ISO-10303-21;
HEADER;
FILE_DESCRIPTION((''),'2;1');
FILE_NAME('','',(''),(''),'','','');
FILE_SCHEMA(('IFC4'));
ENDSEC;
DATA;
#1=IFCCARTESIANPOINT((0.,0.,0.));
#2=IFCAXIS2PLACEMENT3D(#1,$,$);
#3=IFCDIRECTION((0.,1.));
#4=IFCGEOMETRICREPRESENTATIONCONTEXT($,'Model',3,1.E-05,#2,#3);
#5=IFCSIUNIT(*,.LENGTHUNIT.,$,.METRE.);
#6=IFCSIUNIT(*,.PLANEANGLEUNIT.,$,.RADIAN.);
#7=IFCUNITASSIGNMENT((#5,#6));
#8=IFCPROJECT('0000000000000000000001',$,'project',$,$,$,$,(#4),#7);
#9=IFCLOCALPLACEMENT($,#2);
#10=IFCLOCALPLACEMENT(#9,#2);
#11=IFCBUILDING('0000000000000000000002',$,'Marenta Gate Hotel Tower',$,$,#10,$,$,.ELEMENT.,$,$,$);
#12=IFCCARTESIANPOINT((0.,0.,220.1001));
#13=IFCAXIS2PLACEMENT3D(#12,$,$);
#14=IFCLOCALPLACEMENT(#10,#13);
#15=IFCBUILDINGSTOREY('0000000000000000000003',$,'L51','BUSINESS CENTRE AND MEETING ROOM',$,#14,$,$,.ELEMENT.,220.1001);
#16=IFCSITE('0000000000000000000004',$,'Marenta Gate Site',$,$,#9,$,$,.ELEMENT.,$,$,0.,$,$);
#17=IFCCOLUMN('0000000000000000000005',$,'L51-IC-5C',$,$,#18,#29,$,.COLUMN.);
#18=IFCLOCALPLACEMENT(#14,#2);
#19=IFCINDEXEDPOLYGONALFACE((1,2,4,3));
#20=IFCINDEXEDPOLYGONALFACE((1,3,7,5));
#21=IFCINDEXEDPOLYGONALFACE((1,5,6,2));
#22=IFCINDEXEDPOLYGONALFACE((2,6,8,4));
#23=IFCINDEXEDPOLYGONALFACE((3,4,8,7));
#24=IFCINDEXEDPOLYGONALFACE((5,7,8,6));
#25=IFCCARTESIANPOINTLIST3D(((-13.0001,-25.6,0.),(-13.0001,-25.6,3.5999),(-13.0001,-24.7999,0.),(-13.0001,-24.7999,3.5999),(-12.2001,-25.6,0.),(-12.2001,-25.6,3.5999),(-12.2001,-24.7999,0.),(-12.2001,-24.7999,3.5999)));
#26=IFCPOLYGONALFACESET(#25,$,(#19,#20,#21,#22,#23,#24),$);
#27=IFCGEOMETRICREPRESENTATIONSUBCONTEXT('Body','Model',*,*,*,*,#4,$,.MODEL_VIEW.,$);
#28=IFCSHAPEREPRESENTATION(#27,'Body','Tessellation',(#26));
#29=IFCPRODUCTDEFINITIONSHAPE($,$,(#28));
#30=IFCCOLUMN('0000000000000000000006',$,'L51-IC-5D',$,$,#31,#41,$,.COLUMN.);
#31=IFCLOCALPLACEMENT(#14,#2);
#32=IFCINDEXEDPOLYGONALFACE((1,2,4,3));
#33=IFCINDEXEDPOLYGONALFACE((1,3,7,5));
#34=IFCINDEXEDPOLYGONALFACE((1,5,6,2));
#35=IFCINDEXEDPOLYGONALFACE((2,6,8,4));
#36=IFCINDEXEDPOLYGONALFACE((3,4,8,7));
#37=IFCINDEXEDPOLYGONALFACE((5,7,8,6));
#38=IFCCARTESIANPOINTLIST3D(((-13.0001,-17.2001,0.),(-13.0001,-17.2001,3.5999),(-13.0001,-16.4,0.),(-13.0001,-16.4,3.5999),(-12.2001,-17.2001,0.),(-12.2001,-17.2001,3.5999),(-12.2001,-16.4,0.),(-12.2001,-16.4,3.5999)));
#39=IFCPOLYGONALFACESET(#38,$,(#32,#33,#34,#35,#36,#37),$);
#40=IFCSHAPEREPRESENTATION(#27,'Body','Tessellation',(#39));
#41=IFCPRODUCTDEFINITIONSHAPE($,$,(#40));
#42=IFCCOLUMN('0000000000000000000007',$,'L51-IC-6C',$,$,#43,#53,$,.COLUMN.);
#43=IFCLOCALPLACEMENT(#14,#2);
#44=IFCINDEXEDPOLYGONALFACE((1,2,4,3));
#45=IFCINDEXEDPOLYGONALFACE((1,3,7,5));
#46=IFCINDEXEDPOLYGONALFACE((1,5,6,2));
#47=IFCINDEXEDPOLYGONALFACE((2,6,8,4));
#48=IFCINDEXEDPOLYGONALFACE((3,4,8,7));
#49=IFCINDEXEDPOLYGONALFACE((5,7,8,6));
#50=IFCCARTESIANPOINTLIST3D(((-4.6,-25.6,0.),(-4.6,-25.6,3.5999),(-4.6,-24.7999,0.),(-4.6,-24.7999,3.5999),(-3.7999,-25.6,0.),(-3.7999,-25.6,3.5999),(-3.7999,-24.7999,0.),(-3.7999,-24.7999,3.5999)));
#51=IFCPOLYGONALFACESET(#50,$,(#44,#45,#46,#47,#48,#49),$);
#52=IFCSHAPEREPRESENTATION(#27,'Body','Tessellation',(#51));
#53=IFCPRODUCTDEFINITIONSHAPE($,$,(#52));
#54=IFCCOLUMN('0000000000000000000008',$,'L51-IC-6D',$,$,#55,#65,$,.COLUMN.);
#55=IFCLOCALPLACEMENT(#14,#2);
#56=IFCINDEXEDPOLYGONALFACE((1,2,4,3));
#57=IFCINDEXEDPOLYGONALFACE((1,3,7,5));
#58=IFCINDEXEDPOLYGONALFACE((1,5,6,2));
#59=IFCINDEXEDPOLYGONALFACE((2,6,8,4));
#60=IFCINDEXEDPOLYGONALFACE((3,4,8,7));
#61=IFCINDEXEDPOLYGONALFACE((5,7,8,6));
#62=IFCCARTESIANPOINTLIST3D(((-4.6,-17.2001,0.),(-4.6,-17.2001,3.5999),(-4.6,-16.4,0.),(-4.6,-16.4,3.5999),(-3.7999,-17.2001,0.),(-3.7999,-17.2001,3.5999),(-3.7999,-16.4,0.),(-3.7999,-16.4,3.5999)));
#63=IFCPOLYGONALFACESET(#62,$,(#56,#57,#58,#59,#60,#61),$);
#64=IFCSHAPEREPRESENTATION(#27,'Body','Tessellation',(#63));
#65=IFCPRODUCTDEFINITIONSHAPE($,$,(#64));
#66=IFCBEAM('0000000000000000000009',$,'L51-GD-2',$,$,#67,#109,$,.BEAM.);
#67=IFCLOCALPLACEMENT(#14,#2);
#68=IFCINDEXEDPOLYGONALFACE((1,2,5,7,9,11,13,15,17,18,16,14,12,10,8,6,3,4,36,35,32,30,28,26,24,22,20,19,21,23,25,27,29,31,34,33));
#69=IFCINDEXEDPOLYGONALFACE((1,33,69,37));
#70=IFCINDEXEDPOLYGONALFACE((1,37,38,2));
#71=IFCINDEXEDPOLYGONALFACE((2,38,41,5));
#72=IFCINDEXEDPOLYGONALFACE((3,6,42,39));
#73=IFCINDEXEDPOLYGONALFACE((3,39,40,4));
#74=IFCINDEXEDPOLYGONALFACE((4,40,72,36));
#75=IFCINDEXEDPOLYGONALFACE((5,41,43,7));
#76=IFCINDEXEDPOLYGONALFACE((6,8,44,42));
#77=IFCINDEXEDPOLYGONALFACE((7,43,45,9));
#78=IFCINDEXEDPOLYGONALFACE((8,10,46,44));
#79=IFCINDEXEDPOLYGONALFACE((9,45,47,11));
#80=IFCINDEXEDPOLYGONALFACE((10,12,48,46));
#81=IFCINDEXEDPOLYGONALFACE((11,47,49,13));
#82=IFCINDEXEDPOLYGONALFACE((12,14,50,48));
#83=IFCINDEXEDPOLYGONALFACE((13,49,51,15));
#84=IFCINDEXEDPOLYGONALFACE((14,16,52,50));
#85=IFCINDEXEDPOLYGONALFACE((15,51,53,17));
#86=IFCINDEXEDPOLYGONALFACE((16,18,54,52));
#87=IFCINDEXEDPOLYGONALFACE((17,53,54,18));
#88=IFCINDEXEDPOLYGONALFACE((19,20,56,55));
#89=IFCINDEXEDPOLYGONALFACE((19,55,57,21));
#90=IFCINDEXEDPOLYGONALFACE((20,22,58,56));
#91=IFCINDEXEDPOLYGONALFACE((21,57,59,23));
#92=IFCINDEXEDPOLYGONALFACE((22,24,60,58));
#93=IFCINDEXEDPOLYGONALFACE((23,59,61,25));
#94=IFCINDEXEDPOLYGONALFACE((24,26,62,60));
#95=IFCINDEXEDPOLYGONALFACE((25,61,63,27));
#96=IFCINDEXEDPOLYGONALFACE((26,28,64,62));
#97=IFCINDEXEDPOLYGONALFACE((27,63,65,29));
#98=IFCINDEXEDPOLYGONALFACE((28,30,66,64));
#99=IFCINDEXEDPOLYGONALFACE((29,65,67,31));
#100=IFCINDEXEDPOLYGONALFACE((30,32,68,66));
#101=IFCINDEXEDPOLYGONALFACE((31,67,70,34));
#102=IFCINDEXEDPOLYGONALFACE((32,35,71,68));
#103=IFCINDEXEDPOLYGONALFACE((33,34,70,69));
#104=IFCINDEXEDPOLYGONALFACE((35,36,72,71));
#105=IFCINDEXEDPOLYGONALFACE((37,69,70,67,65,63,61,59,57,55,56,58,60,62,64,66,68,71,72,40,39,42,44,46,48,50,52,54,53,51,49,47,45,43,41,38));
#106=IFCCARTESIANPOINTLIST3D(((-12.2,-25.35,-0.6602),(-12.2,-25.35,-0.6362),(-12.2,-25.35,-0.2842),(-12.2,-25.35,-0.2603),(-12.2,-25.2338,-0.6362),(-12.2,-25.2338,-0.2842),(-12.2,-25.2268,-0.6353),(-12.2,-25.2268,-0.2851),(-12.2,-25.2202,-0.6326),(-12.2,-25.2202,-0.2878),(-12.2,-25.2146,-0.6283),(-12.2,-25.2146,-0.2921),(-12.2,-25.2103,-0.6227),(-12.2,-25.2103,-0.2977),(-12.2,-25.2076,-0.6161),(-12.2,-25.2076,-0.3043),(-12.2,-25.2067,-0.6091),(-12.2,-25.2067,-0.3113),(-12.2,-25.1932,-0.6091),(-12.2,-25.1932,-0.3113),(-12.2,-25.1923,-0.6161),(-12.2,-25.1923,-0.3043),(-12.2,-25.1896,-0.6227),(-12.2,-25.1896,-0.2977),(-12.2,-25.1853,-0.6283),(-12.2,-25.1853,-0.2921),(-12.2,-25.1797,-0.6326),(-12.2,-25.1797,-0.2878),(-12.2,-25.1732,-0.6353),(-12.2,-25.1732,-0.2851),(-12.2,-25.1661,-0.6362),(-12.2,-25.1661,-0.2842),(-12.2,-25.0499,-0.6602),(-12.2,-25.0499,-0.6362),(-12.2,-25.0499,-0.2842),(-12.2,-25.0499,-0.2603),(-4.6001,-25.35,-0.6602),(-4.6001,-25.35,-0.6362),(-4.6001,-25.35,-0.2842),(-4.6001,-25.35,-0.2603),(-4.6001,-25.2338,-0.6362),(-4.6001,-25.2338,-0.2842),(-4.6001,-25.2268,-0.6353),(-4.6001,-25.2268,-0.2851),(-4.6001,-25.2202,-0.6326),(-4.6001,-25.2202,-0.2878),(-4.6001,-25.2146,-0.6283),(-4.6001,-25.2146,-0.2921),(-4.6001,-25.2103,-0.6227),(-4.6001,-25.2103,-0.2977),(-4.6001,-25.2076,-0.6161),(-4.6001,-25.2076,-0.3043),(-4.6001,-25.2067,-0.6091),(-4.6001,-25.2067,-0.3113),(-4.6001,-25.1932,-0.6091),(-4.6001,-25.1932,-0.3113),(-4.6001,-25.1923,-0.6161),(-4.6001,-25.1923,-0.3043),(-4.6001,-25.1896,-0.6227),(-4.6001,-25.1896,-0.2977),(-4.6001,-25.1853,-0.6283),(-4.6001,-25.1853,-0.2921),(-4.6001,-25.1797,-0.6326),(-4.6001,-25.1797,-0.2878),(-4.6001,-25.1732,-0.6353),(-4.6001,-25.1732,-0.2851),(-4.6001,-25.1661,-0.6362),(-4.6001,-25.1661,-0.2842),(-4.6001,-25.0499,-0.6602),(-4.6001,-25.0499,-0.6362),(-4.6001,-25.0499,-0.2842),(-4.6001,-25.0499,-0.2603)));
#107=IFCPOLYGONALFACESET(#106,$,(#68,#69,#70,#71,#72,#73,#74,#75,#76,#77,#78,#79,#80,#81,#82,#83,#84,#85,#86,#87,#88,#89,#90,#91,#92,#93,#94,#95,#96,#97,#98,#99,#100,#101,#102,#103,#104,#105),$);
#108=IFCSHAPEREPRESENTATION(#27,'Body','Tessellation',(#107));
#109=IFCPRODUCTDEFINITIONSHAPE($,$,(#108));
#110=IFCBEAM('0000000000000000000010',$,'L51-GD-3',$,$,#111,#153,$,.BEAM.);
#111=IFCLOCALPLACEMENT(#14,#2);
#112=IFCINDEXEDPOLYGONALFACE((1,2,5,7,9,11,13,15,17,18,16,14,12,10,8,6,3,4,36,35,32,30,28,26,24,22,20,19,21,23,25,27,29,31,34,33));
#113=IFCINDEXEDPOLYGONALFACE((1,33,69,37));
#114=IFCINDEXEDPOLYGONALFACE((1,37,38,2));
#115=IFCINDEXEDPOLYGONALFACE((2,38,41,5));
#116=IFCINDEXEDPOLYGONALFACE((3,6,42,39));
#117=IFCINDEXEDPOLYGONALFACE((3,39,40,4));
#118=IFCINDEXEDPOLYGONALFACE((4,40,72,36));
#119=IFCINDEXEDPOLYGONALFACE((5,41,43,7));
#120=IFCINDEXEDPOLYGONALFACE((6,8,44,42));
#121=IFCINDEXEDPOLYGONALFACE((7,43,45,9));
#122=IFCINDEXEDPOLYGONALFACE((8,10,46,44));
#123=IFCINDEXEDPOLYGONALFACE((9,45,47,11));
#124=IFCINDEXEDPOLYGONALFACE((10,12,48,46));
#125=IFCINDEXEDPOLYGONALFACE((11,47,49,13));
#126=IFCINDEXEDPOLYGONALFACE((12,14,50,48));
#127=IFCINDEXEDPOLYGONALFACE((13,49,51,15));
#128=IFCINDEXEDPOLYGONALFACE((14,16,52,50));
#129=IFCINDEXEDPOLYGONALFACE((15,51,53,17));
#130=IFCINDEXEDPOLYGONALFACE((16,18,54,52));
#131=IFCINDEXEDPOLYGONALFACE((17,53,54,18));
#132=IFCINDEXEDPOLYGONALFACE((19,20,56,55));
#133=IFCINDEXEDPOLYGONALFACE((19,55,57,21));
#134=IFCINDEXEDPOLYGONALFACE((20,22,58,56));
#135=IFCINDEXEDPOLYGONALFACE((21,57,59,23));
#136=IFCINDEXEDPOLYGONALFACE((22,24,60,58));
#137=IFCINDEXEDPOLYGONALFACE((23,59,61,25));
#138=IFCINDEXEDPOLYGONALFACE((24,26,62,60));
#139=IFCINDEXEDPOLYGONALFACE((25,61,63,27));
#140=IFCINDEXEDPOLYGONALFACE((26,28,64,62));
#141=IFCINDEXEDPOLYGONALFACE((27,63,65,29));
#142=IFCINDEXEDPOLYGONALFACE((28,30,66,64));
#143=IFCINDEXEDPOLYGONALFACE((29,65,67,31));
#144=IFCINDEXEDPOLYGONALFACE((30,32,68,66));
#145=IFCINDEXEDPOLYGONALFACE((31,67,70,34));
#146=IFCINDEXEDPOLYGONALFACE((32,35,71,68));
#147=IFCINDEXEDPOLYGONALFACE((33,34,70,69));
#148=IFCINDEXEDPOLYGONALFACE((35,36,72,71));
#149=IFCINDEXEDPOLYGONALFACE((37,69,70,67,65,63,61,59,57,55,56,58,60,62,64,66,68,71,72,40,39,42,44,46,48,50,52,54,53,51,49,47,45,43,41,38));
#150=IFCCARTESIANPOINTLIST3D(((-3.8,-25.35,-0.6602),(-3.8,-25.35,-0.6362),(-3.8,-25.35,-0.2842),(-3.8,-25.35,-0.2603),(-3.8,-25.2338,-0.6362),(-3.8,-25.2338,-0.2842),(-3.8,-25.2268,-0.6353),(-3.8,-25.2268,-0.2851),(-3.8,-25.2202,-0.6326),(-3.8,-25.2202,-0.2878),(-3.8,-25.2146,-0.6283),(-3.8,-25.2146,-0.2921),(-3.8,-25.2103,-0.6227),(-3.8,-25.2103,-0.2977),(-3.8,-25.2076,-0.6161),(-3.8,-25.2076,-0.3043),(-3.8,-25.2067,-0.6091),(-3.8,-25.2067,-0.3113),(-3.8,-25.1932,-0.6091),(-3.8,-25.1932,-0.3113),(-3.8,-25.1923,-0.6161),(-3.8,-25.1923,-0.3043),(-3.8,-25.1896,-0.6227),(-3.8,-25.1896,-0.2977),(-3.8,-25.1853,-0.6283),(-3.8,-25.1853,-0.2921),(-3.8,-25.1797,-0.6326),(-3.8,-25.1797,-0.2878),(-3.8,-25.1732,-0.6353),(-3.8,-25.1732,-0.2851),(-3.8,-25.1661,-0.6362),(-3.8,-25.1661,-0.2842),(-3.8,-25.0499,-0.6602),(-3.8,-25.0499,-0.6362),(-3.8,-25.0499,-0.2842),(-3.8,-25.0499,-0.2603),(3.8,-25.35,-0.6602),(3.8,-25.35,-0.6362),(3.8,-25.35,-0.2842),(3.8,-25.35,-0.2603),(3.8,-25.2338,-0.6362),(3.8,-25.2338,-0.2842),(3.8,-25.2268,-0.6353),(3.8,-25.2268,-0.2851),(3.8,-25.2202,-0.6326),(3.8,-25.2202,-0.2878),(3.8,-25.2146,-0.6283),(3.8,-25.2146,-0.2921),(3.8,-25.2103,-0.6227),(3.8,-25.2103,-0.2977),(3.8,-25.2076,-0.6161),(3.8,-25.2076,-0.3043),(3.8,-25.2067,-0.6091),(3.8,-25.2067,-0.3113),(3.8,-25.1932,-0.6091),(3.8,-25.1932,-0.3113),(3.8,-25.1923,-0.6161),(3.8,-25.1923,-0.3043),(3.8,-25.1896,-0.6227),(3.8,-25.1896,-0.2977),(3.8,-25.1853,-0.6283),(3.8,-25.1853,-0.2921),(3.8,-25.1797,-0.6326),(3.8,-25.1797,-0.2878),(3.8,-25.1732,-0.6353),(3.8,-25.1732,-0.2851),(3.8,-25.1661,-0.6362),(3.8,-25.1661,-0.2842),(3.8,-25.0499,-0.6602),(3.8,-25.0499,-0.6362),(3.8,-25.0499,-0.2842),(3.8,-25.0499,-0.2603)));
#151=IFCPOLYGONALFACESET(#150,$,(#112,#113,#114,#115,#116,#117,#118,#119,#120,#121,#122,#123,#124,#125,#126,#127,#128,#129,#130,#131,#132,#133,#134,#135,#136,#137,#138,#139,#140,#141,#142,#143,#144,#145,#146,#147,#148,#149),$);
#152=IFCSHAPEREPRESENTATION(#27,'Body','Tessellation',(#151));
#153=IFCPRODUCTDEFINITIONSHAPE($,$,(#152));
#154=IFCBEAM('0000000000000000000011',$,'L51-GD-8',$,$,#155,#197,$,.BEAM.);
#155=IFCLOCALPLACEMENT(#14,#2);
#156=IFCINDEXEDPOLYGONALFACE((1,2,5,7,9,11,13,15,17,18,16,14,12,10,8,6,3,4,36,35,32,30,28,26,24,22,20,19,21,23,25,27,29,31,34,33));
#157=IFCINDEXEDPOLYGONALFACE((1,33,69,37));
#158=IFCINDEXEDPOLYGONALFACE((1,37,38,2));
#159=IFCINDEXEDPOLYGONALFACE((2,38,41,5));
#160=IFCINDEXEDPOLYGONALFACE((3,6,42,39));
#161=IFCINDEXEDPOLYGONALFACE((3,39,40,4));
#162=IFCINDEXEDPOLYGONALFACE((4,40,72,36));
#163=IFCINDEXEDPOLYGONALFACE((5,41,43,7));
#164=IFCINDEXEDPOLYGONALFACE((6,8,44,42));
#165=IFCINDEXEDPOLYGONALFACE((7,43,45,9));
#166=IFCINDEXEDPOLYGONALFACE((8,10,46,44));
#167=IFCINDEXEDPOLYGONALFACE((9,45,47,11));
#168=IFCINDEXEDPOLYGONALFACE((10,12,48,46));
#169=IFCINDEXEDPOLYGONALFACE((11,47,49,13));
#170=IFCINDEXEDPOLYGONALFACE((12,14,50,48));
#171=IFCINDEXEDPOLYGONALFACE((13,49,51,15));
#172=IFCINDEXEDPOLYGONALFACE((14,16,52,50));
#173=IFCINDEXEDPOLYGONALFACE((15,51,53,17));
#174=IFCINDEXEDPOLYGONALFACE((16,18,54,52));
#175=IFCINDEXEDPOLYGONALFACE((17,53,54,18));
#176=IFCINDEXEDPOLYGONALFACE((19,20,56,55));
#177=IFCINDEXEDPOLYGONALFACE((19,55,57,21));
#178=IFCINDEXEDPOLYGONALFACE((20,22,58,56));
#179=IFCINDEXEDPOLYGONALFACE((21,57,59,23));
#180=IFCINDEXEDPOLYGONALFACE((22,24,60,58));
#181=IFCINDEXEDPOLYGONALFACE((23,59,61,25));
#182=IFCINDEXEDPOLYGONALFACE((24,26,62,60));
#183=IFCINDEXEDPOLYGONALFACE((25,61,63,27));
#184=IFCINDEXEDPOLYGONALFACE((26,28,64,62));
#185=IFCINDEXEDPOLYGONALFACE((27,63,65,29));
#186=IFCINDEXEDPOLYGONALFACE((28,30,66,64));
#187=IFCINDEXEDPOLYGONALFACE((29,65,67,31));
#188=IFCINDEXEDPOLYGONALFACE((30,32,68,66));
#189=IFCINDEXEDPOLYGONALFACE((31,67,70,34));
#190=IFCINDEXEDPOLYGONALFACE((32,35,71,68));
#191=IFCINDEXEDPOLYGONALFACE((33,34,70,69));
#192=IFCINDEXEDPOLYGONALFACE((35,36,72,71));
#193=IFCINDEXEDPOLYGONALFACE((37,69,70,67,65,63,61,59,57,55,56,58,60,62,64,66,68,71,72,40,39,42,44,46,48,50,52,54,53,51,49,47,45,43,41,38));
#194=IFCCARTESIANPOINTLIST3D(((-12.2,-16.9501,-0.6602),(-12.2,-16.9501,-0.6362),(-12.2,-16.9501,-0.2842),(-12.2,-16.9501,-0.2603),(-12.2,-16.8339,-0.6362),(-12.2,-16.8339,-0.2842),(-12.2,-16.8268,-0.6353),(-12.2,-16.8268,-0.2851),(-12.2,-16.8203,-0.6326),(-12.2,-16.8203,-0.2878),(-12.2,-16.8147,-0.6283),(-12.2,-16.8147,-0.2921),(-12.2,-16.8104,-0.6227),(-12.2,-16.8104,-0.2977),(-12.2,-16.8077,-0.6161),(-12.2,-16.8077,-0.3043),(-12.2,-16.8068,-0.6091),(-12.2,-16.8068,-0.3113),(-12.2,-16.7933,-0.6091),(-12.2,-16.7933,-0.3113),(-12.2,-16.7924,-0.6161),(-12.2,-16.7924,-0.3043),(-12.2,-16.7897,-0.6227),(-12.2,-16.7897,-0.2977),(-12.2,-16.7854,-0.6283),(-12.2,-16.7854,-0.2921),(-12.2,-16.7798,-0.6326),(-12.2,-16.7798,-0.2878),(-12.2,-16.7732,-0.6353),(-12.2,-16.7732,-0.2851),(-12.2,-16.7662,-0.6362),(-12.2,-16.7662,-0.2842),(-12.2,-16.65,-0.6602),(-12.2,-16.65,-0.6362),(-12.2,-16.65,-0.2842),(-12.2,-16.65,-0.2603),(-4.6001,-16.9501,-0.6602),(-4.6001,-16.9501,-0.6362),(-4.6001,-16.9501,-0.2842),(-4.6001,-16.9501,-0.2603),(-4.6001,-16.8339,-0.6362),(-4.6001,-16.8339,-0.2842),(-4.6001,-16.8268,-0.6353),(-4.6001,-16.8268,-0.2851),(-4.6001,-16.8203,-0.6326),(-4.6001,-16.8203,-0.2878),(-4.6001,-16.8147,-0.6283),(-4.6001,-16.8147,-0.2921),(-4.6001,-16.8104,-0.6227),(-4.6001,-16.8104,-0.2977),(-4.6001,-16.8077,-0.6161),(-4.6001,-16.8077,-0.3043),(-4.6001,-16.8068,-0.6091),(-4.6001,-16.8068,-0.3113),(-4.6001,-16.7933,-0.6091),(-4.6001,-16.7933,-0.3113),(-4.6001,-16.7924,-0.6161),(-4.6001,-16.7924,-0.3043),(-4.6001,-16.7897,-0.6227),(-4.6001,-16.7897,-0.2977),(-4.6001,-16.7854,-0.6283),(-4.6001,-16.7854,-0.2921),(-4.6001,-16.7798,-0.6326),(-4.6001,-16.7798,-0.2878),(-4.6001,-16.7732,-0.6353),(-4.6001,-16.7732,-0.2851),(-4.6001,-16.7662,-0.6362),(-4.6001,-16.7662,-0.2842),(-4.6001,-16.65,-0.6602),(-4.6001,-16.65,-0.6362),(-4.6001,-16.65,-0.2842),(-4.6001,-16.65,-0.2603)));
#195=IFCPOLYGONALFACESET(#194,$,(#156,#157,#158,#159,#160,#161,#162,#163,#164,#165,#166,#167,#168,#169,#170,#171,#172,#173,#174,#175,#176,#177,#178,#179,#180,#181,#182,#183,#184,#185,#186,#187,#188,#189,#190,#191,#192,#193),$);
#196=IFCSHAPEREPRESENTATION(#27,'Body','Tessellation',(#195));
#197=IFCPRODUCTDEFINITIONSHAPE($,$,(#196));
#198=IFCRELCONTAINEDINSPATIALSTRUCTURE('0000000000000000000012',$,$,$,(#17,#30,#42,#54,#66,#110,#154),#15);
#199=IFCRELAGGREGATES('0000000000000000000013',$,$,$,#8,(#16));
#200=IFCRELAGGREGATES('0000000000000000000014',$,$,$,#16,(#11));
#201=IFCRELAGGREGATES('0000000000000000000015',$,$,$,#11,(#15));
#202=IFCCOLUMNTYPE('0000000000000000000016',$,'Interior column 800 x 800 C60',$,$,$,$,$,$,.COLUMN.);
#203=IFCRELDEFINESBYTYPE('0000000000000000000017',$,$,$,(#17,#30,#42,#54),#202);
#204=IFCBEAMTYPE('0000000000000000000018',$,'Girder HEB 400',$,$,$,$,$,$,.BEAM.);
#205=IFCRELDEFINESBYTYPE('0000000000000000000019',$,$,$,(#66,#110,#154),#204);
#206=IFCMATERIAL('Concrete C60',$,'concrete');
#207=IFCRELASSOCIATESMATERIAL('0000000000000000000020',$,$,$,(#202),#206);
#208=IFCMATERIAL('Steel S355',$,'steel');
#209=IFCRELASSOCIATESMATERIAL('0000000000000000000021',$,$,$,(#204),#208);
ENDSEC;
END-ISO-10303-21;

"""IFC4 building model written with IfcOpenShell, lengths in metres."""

from ifc_helpers import new_model, si_unit, direction, frame, origin, origin_2d, place, context, subcontext, project, spatial, rectangle, i_section, extrude, material, material_profile, profile_set, type_object, element, save


model = new_model("IFC4")

# Units and contexts
model_context = context("Model", 3, precision=1e-05, world=origin(), true_north=direction((0.0, 1.0)))
body_context = subcontext(model_context, "Body", "Model", "MODEL_VIEW")
ifc_project = project(units=[si_unit("LENGTHUNIT", "METRE"), si_unit("PLANEANGLEUNIT", "RADIAN")], contexts=[model_context])

# Site, building, storey
site_placement = place(None, origin())
site = spatial("IfcSite", under=ifc_project, at=site_placement, Name="Marenta Gate Site", CompositionType="ELEMENT", RefElevation=0.0)
building_placement = place(site_placement, origin())
building = spatial("IfcBuilding", under=site, at=building_placement, Name="Marenta Gate Hotel Tower", CompositionType="ELEMENT")
storey_placement = place(building_placement, frame((0.0, 0.0, 220.1001)))
storey = spatial("IfcBuildingStorey", under=building, at=storey_placement, Name="L51", Description="BUSINESS CENTRE AND MEETING ROOM", CompositionType="ELEMENT", Elevation=220.1001)

# Columns
ifc_material_1 = material(Name="Concrete C60", Category="concrete")
ifc_material_profile_1 = material_profile(ifc_material_1, rectangle(XDim=0.8, YDim=0.8, at=origin_2d()), Name="800 x 800")
ifc_profile_set_1 = profile_set([ifc_material_profile_1], Name="Concrete C60")
column_type = type_object("IfcColumnType", Name="Interior column 800 x 800 C60", PredefinedType="COLUMN", material=ifc_profile_set_1)
for number, where, z_axis, x_axis, name in (
    (1, (-12.6001, -25.2, 0.0), (0.0, 0.0, 1.0), (1.0, 0.0, 0.0), "L51-IC-5C"),
    (2, (-12.6001, -16.8, 0.0), (0.0, 0.0, 1.0), (1.0, 0.0, 0.0), "L51-IC-5D"),
    (3, (-4.2, -25.2, 0.0), (0.0, 0.0, 1.0), (1.0, 0.0, 0.0), "L51-IC-6C"),
    (4, (-4.2, -16.8, 0.0), (0.0, 0.0, 1.0), (1.0, 0.0, 0.0), "L51-IC-6D"),
):
    element("IfcColumn", number, at=place(storey_placement, frame(where, z_axis=z_axis, x_axis=x_axis)), inside=storey, type_object=column_type, Name=name, PredefinedType="COLUMN", context=body_context, shape_type="SweptSolid", body=[
        extrude(rectangle(XDim=0.8, YDim=0.8, at=origin_2d()), origin(), (0.0, 0.0, 1.0), 3.5999),
    ])

# Beams
ifc_material_2 = material(Name="Steel S355", Category="steel")
ifc_material_profile_2 = material_profile(ifc_material_2, i_section(OverallWidth=0.3, OverallDepth=0.3999, WebThickness=0.0134, FlangeThickness=0.0239, FilletRadius=0.0271, at=origin_2d()), Name="HEB 400")
ifc_profile_set_2 = profile_set([ifc_material_profile_2], Name="Steel S355")
beam_type = type_object("IfcBeamType", Name="Girder HEB 400", PredefinedType="BEAM", material=ifc_profile_set_2)
beam_1_placement = place(storey_placement, frame((-12.2, -25.2, -0.4602), z_axis=(1.0, 0.0, 0.0), x_axis=(0.0, 1.0, 0.0)))
element("IfcBeam", 5, at=beam_1_placement, inside=storey, type_object=beam_type, Name="L51-GD-2", PredefinedType="BEAM", context=body_context, shape_type="SweptSolid", body=[
    extrude(i_section(OverallWidth=0.3, OverallDepth=0.3999, WebThickness=0.0134, FlangeThickness=0.0239, FilletRadius=0.0271, at=origin_2d()), origin(), (0.0, 0.0, 1.0), 7.5999),
])
beam_2_placement = place(storey_placement, frame((-3.8, -25.2, -0.4602), z_axis=(1.0, 0.0, 0.0), x_axis=(0.0, 1.0, 0.0)))
element("IfcBeam", 6, at=beam_2_placement, inside=storey, type_object=beam_type, Name="L51-GD-3", PredefinedType="BEAM", context=body_context, shape_type="SweptSolid", body=[
    extrude(i_section(OverallWidth=0.3, OverallDepth=0.3999, WebThickness=0.0134, FlangeThickness=0.0239, FilletRadius=0.0271, at=origin_2d()), origin(), (0.0, 0.0, 1.0), 7.6001),
])
beam_3_placement = place(storey_placement, frame((-12.2, -16.8, -0.4602), z_axis=(1.0, 0.0, 0.0), x_axis=(0.0, 1.0, 0.0)))
element("IfcBeam", 7, at=beam_3_placement, inside=storey, type_object=beam_type, Name="L51-GD-8", PredefinedType="BEAM", context=body_context, shape_type="SweptSolid", body=[
    extrude(i_section(OverallWidth=0.3, OverallDepth=0.3999, WebThickness=0.0134, FlangeThickness=0.0239, FilletRadius=0.0271, at=origin_2d()), origin(), (0.0, 0.0, 1.0), 7.5999),
])

save(model, "model.ifc")
